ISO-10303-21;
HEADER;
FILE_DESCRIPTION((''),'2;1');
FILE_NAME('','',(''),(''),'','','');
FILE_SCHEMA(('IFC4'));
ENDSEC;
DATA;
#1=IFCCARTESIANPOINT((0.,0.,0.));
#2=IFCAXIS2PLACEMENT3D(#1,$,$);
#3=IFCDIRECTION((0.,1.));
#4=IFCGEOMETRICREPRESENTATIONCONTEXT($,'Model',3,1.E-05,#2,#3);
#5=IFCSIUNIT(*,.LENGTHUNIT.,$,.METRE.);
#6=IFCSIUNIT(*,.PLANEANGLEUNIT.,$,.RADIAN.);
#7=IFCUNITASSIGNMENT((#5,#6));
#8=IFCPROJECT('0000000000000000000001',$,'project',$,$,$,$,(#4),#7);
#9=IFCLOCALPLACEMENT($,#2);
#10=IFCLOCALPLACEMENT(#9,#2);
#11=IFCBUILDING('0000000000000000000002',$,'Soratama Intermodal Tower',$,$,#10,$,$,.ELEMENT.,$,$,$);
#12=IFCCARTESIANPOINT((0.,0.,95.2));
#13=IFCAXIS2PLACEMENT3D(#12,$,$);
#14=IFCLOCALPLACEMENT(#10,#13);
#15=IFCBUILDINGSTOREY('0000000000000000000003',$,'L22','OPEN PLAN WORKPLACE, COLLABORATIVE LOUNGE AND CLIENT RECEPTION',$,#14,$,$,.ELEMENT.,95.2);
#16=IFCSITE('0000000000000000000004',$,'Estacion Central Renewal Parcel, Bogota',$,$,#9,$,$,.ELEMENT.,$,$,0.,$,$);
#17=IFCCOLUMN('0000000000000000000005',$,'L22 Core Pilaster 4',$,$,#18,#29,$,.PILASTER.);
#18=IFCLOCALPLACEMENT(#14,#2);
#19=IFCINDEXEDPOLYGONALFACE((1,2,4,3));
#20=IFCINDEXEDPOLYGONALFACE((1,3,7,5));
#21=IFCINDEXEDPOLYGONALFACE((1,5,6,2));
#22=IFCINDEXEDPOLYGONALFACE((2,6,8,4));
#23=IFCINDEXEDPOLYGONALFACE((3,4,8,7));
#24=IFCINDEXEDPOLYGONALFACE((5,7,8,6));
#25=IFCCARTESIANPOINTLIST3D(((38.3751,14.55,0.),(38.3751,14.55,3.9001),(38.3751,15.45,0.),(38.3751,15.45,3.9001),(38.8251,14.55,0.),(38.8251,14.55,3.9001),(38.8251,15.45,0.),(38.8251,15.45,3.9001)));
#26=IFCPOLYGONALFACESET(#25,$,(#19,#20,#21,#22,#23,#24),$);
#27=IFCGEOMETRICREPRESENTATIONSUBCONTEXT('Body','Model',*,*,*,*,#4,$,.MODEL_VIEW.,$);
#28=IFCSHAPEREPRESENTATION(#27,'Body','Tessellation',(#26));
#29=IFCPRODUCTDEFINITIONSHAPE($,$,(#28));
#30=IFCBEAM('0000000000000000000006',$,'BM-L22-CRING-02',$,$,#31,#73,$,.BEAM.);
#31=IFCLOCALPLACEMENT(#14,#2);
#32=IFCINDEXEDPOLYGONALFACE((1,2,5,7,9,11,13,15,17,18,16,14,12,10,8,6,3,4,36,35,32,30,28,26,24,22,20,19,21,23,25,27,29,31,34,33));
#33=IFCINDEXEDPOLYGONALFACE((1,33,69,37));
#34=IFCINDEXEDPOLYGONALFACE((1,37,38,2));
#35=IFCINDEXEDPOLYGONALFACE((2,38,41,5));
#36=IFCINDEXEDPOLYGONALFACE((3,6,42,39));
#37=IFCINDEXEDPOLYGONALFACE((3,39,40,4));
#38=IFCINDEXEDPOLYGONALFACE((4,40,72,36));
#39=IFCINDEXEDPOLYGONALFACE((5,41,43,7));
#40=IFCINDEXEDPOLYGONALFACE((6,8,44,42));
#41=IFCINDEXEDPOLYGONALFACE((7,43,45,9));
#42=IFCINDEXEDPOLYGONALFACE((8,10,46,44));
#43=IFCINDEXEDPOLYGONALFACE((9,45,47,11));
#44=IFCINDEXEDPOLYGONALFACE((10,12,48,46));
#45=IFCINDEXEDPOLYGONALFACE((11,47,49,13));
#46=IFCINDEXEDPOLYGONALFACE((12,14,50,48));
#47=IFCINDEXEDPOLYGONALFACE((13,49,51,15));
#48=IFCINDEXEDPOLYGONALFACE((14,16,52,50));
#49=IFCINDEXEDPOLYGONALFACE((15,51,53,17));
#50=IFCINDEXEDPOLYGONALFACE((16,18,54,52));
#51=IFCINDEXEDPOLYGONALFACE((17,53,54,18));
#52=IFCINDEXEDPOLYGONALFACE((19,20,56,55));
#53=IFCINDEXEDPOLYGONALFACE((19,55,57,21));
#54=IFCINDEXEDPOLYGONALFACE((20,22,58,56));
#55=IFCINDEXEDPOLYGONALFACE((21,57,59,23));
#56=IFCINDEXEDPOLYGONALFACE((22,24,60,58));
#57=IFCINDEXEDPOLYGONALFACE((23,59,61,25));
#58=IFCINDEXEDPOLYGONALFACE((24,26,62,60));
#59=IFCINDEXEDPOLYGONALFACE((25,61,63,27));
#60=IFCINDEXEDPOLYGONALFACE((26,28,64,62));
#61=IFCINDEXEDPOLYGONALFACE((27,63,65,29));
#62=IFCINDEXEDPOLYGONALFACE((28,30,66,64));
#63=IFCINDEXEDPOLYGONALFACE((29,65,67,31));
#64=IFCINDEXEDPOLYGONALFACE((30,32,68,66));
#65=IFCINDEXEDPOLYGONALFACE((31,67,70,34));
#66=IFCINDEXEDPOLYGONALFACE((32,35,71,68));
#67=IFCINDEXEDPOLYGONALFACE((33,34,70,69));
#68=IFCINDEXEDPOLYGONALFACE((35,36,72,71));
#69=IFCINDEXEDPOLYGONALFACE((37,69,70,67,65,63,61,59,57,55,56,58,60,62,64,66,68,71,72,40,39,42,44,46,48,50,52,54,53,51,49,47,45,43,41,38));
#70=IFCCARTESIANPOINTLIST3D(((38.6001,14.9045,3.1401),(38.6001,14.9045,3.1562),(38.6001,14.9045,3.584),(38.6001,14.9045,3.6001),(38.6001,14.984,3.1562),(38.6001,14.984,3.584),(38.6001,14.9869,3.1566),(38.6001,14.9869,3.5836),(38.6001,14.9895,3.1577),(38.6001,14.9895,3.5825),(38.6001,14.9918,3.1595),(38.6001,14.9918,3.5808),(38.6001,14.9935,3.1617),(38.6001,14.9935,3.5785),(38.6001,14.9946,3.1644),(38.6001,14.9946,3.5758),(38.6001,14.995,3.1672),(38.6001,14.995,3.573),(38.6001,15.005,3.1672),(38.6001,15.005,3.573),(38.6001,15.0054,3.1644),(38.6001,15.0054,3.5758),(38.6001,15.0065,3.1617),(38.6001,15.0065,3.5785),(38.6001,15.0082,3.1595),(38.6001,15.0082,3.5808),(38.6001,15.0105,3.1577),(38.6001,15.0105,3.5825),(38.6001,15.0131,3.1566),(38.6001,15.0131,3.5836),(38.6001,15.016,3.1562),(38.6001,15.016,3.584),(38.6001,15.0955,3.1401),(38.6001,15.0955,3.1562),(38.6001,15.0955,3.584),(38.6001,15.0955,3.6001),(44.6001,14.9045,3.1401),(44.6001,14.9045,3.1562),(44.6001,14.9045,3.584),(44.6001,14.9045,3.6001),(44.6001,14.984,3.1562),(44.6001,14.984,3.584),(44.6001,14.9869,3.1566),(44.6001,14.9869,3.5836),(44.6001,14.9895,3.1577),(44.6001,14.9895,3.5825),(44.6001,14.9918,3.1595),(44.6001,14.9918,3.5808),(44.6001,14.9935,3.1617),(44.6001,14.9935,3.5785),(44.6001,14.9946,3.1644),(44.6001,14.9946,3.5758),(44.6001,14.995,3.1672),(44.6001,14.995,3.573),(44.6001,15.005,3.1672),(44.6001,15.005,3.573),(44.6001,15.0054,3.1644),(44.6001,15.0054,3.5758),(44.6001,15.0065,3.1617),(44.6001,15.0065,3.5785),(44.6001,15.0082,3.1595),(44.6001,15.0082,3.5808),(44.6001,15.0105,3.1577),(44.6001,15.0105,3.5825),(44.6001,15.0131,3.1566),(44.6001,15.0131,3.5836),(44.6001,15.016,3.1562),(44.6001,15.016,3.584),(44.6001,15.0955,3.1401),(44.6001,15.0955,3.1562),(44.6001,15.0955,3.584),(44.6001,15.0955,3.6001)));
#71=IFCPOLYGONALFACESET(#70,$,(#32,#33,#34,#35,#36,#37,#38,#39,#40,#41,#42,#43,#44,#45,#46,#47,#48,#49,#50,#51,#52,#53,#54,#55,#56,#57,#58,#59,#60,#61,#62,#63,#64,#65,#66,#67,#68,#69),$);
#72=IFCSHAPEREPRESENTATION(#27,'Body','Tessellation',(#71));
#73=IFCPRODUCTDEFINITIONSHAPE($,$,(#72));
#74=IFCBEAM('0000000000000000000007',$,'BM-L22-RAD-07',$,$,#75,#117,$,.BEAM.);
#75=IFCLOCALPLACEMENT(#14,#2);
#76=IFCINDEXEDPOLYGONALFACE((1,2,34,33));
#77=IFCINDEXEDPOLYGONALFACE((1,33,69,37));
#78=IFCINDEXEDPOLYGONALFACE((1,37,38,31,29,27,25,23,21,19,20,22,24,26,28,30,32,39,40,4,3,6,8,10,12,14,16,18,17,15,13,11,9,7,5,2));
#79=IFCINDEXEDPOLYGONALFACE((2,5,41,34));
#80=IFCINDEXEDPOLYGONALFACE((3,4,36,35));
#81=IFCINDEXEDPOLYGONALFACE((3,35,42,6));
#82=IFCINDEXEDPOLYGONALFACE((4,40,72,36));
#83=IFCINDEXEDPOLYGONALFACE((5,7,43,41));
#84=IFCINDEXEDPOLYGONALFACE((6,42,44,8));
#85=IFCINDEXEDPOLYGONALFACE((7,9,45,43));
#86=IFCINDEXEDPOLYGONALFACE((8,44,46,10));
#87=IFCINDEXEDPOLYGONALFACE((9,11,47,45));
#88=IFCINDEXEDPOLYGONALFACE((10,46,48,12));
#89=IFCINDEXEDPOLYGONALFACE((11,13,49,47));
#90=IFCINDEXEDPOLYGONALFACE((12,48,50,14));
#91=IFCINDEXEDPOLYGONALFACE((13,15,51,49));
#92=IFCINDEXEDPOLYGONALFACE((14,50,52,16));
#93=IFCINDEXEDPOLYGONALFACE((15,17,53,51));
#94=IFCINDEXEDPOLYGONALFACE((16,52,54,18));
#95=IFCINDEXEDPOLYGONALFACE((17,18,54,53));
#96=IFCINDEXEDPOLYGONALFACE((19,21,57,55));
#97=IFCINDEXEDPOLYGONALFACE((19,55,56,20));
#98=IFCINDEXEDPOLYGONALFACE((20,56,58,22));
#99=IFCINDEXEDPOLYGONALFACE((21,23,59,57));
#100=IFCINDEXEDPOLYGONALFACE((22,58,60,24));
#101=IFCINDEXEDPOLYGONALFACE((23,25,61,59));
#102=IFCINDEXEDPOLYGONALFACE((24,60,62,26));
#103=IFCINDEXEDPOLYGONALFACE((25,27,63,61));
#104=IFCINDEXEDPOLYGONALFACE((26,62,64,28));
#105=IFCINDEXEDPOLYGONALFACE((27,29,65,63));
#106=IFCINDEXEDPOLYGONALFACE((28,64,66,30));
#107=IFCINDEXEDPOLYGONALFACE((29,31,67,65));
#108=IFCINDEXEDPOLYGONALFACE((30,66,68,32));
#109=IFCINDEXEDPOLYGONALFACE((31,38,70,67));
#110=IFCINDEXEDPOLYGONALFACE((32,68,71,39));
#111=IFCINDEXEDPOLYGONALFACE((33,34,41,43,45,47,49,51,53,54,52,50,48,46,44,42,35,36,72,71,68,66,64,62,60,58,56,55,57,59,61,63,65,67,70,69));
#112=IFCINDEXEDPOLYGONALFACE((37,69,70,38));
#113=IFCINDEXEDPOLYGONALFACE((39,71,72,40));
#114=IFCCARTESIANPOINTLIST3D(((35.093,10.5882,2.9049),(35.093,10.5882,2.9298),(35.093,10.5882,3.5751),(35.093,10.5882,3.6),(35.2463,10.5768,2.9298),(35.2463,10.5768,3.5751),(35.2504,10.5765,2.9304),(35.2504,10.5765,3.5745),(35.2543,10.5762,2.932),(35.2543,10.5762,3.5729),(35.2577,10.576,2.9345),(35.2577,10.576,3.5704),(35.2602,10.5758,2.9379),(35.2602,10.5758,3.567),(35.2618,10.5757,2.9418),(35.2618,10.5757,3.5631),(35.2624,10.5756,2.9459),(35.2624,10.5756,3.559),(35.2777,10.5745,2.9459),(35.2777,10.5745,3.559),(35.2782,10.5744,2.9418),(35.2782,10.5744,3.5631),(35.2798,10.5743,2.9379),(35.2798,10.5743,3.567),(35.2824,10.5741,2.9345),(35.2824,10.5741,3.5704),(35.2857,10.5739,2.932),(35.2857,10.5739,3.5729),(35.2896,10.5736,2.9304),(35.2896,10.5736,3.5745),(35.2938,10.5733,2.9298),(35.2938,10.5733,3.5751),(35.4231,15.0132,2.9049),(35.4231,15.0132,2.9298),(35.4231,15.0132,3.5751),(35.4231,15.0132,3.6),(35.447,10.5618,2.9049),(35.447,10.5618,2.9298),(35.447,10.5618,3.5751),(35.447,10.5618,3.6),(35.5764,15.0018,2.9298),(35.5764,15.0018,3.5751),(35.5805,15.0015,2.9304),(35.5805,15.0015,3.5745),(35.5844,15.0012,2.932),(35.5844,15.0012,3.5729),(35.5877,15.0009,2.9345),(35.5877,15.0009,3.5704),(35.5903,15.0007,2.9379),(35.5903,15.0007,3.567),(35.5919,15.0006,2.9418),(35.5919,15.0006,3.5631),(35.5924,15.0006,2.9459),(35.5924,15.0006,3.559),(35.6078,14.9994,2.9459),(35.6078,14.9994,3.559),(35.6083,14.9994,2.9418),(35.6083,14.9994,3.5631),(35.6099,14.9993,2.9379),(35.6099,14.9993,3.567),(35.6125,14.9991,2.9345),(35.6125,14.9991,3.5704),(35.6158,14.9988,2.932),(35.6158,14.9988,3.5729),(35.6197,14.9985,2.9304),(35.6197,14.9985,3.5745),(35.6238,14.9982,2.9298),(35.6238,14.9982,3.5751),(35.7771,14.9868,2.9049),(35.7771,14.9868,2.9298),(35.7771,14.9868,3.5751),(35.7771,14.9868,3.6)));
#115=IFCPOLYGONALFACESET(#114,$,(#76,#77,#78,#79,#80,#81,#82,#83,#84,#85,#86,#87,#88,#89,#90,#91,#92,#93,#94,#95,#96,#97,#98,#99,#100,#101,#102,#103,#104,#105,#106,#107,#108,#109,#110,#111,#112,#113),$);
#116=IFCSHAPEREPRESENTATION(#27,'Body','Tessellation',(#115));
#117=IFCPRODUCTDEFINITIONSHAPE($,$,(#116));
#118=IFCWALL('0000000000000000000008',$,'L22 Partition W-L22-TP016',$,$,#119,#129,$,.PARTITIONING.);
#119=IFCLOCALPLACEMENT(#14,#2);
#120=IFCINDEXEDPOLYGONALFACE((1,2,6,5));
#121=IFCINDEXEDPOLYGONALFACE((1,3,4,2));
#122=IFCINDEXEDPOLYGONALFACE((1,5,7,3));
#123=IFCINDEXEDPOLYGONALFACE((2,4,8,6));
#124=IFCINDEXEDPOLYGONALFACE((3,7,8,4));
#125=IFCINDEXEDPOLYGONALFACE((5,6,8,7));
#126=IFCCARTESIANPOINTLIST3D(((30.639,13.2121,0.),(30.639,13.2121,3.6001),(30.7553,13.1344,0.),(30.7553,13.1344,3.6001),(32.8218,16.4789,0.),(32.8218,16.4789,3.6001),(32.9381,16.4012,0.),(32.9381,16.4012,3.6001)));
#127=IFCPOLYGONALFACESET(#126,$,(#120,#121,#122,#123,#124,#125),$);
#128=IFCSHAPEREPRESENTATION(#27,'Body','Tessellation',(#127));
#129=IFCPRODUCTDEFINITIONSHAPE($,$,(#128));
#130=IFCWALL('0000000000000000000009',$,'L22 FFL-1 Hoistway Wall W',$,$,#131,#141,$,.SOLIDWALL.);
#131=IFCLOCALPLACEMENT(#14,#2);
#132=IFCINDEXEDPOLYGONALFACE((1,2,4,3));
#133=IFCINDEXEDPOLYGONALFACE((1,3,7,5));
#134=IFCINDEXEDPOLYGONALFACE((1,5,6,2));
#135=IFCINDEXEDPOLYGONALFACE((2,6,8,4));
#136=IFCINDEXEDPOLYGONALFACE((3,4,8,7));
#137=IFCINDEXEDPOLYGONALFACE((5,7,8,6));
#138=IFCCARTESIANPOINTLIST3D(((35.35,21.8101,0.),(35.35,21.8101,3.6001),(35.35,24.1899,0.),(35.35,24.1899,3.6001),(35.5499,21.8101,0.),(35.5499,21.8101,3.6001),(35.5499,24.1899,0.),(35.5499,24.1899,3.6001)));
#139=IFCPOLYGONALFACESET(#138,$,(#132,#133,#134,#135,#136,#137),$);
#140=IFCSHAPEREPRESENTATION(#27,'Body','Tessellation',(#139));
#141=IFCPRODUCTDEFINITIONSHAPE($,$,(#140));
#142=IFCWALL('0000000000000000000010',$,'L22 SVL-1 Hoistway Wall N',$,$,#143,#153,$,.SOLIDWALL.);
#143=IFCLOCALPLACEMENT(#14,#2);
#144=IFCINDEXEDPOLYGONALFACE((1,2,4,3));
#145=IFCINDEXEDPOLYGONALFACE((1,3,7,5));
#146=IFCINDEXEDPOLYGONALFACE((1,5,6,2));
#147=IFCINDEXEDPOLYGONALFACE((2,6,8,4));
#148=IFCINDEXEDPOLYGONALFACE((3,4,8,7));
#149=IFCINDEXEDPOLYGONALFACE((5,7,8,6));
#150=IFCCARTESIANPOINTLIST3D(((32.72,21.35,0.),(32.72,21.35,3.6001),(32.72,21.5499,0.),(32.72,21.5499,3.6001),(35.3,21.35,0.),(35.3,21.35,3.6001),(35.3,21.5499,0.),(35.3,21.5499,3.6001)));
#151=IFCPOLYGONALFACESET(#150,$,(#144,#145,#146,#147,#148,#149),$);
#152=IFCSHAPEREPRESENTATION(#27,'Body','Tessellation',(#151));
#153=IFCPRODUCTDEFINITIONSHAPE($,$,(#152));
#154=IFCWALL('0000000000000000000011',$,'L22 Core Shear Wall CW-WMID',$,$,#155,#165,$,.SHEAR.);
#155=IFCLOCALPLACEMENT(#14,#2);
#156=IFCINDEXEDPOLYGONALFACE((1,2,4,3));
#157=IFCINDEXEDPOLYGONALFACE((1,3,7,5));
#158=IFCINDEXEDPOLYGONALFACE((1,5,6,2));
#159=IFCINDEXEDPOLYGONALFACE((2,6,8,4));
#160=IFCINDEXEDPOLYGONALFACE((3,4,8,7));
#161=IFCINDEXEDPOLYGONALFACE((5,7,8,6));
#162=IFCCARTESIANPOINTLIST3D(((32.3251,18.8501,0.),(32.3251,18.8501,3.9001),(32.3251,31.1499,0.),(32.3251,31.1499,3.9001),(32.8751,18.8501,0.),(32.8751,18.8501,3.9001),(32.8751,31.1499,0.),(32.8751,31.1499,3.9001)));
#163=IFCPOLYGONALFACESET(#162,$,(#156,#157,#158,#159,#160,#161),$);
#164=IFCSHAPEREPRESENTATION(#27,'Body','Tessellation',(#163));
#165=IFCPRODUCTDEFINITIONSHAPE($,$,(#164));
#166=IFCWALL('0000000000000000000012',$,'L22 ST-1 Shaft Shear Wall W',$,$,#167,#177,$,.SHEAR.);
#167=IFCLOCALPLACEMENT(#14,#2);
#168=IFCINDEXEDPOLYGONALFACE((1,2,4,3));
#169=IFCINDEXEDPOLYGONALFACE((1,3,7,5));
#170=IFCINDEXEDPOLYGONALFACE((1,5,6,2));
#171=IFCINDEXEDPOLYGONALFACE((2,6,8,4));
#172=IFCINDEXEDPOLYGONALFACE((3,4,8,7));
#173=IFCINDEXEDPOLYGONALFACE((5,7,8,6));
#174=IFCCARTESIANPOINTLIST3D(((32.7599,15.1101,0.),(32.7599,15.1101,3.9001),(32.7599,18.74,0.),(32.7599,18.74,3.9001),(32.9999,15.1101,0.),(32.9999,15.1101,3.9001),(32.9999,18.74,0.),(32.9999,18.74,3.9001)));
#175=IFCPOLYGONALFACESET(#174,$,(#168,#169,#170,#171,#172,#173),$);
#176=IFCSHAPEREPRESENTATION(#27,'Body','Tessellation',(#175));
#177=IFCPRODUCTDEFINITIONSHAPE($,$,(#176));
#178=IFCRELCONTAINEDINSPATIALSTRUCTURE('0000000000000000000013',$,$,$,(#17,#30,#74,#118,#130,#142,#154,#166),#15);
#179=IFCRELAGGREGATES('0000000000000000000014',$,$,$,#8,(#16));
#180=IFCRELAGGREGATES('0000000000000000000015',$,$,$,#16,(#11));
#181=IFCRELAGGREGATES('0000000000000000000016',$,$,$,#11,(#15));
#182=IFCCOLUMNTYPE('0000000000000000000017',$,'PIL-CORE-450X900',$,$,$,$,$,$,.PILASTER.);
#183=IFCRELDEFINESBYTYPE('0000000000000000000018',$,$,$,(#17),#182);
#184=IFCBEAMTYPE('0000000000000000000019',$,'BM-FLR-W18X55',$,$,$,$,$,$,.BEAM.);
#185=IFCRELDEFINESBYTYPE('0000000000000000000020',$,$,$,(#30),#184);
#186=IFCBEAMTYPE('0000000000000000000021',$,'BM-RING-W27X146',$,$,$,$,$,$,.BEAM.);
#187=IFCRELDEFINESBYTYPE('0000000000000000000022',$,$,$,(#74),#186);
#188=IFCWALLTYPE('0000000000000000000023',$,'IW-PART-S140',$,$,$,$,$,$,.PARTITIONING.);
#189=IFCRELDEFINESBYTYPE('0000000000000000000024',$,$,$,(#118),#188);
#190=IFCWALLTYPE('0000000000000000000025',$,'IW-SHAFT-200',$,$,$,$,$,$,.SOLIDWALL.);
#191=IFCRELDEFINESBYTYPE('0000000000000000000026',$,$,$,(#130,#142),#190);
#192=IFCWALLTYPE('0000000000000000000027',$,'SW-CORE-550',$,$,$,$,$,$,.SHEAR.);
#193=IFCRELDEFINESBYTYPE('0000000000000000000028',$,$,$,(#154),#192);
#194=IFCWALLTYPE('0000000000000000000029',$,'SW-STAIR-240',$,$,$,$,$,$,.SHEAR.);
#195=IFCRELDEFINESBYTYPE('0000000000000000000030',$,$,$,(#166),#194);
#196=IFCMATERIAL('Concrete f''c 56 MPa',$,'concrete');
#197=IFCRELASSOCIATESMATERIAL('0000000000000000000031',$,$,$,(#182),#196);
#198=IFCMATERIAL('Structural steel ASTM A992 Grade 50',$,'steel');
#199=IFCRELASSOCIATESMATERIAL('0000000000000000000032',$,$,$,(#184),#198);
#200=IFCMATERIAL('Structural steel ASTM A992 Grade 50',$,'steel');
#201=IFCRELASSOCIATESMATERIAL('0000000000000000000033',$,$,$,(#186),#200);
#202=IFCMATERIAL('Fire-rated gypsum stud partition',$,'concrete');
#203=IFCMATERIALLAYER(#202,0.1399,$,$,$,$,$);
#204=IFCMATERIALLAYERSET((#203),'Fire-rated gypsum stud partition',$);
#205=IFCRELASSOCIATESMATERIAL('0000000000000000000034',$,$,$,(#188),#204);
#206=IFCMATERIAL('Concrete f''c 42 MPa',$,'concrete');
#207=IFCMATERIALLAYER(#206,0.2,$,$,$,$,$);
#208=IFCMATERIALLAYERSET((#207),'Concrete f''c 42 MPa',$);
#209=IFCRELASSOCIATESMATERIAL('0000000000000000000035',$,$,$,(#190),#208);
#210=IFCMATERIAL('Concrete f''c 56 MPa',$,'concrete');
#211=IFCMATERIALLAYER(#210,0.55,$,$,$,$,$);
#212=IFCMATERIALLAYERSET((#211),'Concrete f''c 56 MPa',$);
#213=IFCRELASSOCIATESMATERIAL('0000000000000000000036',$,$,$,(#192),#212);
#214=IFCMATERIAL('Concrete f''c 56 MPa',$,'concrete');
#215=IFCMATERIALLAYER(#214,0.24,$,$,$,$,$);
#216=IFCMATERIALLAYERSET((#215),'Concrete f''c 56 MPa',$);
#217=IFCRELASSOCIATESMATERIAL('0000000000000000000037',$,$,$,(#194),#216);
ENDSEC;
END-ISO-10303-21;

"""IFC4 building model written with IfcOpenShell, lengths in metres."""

from ifc_helpers import new_model, si_unit, direction, frame, frame_2d, origin, origin_2d, place, context, subcontext, project, spatial, rectangle, i_section, extrude, material, layer, layer_set, material_profile, profile_set, type_object, element, save


model = new_model("IFC4")

# Units and contexts
model_context = context("Model", 3, precision=1e-05, world=origin(), true_north=direction((0.0, 1.0)))
body_context = subcontext(model_context, "Body", "Model", "MODEL_VIEW")
ifc_project = project(units=[si_unit("LENGTHUNIT", "METRE"), si_unit("PLANEANGLEUNIT", "RADIAN")], contexts=[model_context])

# Site, building, storey
site_placement = place(None, origin())
site = spatial("IfcSite", under=ifc_project, at=site_placement, Name="Estacion Central Renewal Parcel, Bogota", CompositionType="ELEMENT", RefElevation=0.0)
building_placement = place(site_placement, origin())
building = spatial("IfcBuilding", under=site, at=building_placement, Name="Soratama Intermodal Tower", CompositionType="ELEMENT")
storey_placement = place(building_placement, frame((0.0, 0.0, 95.2)))
storey = spatial("IfcBuildingStorey", under=building, at=storey_placement, Name="L22", Description="OPEN PLAN WORKPLACE, COLLABORATIVE LOUNGE AND CLIENT RECEPTION", CompositionType="ELEMENT", Elevation=95.2)

# Column
ifc_material_1 = material(Name="Concrete f'c 56 MPa", Category="concrete")
ifc_material_profile_1 = material_profile(ifc_material_1, rectangle(XDim=0.45, YDim=0.8999, at=origin_2d()), Name="RC450X900")
ifc_profile_set_1 = profile_set([ifc_material_profile_1], Name="Concrete f'c 56 MPa")
column_type = type_object("IfcColumnType", Name="PIL-CORE-450X900", PredefinedType="PILASTER", material=ifc_profile_set_1)
column_placement = place(storey_placement, frame((38.6001, 15.0, 0.0), z_axis=(0.0, 0.0, 1.0), x_axis=(1.0, 0.0, 0.0)))
element("IfcColumn", 1, at=column_placement, inside=storey, type_object=column_type, Name="L22 Core Pilaster 4", PredefinedType="PILASTER", context=body_context, shape_type="SweptSolid", body=[
    extrude(rectangle(XDim=0.45, YDim=0.8999, at=origin_2d()), origin(), (0.0, 0.0, 1.0), 3.9001),
])

# Beams
ifc_material_2 = material(Name="Structural steel ASTM A992 Grade 50", Category="steel")
ifc_material_profile_2 = material_profile(ifc_material_2, i_section(OverallWidth=0.1909, OverallDepth=0.46, WebThickness=0.01, FlangeThickness=0.0161, FilletRadius=0.011, at=origin_2d()), Name="W18X55")
ifc_profile_set_2 = profile_set([ifc_material_profile_2], Name="Structural steel ASTM A992 Grade 50")
beam_type_1 = type_object("IfcBeamType", Name="BM-FLR-W18X55", PredefinedType="BEAM", material=ifc_profile_set_2)
beam_1_placement = place(storey_placement, frame((38.6001, 15.0, 3.3701), z_axis=(1.0, 0.0, 0.0), x_axis=(0.0, 1.0, 0.0)))
element("IfcBeam", 2, at=beam_1_placement, inside=storey, type_object=beam_type_1, Name="BM-L22-CRING-02", PredefinedType="BEAM", context=body_context, shape_type="SweptSolid", body=[
    extrude(i_section(OverallWidth=0.1909, OverallDepth=0.46, WebThickness=0.01, FlangeThickness=0.0161, FilletRadius=0.011, at=origin_2d()), origin(), (0.0, 0.0, 1.0), 6.0),
])
ifc_material_3 = material(Name="Structural steel ASTM A992 Grade 50", Category="steel")
ifc_material_profile_3 = material_profile(ifc_material_3, i_section(OverallWidth=0.355, OverallDepth=0.6951, WebThickness=0.0154, FlangeThickness=0.0249, FilletRadius=0.0161, at=origin_2d()), Name="W27X146")
ifc_profile_set_3 = profile_set([ifc_material_profile_3], Name="Structural steel ASTM A992 Grade 50")
beam_type_2 = type_object("IfcBeamType", Name="BM-RING-W27X146", PredefinedType="BEAM", material=ifc_profile_set_3)
beam_2_placement = place(storey_placement, frame((35.6001, 15.0, 3.2524), z_axis=(-0.074386, -0.997229, 0.0), x_axis=(0.997229, -0.074386, 0.0)))
element("IfcBeam", 3, at=beam_2_placement, inside=storey, type_object=beam_type_2, Name="BM-L22-RAD-07", PredefinedType="BEAM", context=body_context, shape_type="SweptSolid", body=[
    extrude(i_section(OverallWidth=0.355, OverallDepth=0.6951, WebThickness=0.0154, FlangeThickness=0.0249, FilletRadius=0.0161, at=origin_2d()), origin(), (0.0, 0.0, 1.0), 4.4373),
])

# Wall
ifc_material_4 = material(Name="Fire-rated gypsum stud partition", Category="concrete")
ifc_layer_1 = layer(ifc_material_4, 0.1399)
ifc_layer_set_1 = layer_set([ifc_layer_1], Name="Fire-rated gypsum stud partition")
wall_type_1 = type_object("IfcWallType", Name="IW-PART-S140", PredefinedType="PARTITIONING", material=ifc_layer_set_1)
wall_1_placement = place(storey_placement, frame((32.8799, 16.4399, 0.0), z_axis=(0.0, 0.0, 1.0), x_axis=(-0.555575, -0.831467, 0.0)))
element("IfcWall", 4, at=wall_1_placement, inside=storey, type_object=wall_type_1, Name="L22 Partition W-L22-TP016", PredefinedType="PARTITIONING", context=body_context, shape_type="SweptSolid", body=[
    extrude(rectangle(XDim=3.929, YDim=0.1399, at=frame_2d((1.9644, 0.0))), origin(), (0.0, 0.0, 1.0), 3.6001),
])

# Shared definitions
ifc_material_5 = material(Name="Concrete f'c 42 MPa", Category="concrete")
ifc_layer_2 = layer(ifc_material_5, 0.2)
ifc_layer_set_2 = layer_set([ifc_layer_2], Name="Concrete f'c 42 MPa")
wall_type_2 = type_object("IfcWallType", Name="IW-SHAFT-200", PredefinedType="SOLIDWALL", material=ifc_layer_set_2)

# Wall
wall_2_placement = place(storey_placement, frame((35.45, 21.8101, 0.0), z_axis=(0.0, 0.0, 1.0), x_axis=(0.0, 1.0, 0.0)))
element("IfcWall", 5, at=wall_2_placement, inside=storey, type_object=wall_type_2, Name="L22 FFL-1 Hoistway Wall W", PredefinedType="SOLIDWALL", context=body_context, shape_type="SweptSolid", body=[
    extrude(rectangle(XDim=2.3799, YDim=0.2, at=frame_2d((1.1899, 0.0))), origin(), (0.0, 0.0, 1.0), 3.6001),
])

# Wall
wall_3_placement = place(storey_placement, frame((32.72, 21.45, 0.0), z_axis=(0.0, 0.0, 1.0), x_axis=(1.0, 0.0, 0.0)))
element("IfcWall", 6, at=wall_3_placement, inside=storey, type_object=wall_type_2, Name="L22 SVL-1 Hoistway Wall N", PredefinedType="SOLIDWALL", context=body_context, shape_type="SweptSolid", body=[
    extrude(rectangle(XDim=2.5801, YDim=0.2, at=frame_2d((1.29, 0.0))), origin(), (0.0, 0.0, 1.0), 3.6001),
])

# Walls
ifc_material_6 = material(Name="Concrete f'c 56 MPa", Category="concrete")
ifc_layer_3 = layer(ifc_material_6, 0.55)
ifc_layer_set_3 = layer_set([ifc_layer_3], Name="Concrete f'c 56 MPa")
wall_type_3 = type_object("IfcWallType", Name="SW-CORE-550", PredefinedType="SHEAR", material=ifc_layer_set_3)
wall_4_placement = place(storey_placement, frame((32.6001, 18.8501, 0.0), z_axis=(0.0, 0.0, 1.0), x_axis=(0.0, 1.0, 0.0)))
element("IfcWall", 7, at=wall_4_placement, inside=storey, type_object=wall_type_3, Name="L22 Core Shear Wall CW-WMID", PredefinedType="SHEAR", context=body_context, shape_type="SweptSolid", body=[
    extrude(rectangle(XDim=12.2998, YDim=0.55, at=frame_2d((6.1499, 0.0))), origin(), (0.0, 0.0, 1.0), 3.9001),
])
ifc_material_7 = material(Name="Concrete f'c 56 MPa", Category="concrete")
ifc_layer_4 = layer(ifc_material_7, 0.24)
ifc_layer_set_4 = layer_set([ifc_layer_4], Name="Concrete f'c 56 MPa")
wall_type_4 = type_object("IfcWallType", Name="SW-STAIR-240", PredefinedType="SHEAR", material=ifc_layer_set_4)
wall_5_placement = place(storey_placement, frame((32.8799, 15.1101, 0.0), z_axis=(0.0, 0.0, 1.0), x_axis=(0.0, 1.0, 0.0)))
element("IfcWall", 8, at=wall_5_placement, inside=storey, type_object=wall_type_4, Name="L22 ST-1 Shaft Shear Wall W", PredefinedType="SHEAR", context=body_context, shape_type="SweptSolid", body=[
    extrude(rectangle(XDim=3.6299, YDim=0.24, at=frame_2d((1.8149, 0.0))), origin(), (0.0, 0.0, 1.0), 3.9001),
])

save(model, "model.ifc")
